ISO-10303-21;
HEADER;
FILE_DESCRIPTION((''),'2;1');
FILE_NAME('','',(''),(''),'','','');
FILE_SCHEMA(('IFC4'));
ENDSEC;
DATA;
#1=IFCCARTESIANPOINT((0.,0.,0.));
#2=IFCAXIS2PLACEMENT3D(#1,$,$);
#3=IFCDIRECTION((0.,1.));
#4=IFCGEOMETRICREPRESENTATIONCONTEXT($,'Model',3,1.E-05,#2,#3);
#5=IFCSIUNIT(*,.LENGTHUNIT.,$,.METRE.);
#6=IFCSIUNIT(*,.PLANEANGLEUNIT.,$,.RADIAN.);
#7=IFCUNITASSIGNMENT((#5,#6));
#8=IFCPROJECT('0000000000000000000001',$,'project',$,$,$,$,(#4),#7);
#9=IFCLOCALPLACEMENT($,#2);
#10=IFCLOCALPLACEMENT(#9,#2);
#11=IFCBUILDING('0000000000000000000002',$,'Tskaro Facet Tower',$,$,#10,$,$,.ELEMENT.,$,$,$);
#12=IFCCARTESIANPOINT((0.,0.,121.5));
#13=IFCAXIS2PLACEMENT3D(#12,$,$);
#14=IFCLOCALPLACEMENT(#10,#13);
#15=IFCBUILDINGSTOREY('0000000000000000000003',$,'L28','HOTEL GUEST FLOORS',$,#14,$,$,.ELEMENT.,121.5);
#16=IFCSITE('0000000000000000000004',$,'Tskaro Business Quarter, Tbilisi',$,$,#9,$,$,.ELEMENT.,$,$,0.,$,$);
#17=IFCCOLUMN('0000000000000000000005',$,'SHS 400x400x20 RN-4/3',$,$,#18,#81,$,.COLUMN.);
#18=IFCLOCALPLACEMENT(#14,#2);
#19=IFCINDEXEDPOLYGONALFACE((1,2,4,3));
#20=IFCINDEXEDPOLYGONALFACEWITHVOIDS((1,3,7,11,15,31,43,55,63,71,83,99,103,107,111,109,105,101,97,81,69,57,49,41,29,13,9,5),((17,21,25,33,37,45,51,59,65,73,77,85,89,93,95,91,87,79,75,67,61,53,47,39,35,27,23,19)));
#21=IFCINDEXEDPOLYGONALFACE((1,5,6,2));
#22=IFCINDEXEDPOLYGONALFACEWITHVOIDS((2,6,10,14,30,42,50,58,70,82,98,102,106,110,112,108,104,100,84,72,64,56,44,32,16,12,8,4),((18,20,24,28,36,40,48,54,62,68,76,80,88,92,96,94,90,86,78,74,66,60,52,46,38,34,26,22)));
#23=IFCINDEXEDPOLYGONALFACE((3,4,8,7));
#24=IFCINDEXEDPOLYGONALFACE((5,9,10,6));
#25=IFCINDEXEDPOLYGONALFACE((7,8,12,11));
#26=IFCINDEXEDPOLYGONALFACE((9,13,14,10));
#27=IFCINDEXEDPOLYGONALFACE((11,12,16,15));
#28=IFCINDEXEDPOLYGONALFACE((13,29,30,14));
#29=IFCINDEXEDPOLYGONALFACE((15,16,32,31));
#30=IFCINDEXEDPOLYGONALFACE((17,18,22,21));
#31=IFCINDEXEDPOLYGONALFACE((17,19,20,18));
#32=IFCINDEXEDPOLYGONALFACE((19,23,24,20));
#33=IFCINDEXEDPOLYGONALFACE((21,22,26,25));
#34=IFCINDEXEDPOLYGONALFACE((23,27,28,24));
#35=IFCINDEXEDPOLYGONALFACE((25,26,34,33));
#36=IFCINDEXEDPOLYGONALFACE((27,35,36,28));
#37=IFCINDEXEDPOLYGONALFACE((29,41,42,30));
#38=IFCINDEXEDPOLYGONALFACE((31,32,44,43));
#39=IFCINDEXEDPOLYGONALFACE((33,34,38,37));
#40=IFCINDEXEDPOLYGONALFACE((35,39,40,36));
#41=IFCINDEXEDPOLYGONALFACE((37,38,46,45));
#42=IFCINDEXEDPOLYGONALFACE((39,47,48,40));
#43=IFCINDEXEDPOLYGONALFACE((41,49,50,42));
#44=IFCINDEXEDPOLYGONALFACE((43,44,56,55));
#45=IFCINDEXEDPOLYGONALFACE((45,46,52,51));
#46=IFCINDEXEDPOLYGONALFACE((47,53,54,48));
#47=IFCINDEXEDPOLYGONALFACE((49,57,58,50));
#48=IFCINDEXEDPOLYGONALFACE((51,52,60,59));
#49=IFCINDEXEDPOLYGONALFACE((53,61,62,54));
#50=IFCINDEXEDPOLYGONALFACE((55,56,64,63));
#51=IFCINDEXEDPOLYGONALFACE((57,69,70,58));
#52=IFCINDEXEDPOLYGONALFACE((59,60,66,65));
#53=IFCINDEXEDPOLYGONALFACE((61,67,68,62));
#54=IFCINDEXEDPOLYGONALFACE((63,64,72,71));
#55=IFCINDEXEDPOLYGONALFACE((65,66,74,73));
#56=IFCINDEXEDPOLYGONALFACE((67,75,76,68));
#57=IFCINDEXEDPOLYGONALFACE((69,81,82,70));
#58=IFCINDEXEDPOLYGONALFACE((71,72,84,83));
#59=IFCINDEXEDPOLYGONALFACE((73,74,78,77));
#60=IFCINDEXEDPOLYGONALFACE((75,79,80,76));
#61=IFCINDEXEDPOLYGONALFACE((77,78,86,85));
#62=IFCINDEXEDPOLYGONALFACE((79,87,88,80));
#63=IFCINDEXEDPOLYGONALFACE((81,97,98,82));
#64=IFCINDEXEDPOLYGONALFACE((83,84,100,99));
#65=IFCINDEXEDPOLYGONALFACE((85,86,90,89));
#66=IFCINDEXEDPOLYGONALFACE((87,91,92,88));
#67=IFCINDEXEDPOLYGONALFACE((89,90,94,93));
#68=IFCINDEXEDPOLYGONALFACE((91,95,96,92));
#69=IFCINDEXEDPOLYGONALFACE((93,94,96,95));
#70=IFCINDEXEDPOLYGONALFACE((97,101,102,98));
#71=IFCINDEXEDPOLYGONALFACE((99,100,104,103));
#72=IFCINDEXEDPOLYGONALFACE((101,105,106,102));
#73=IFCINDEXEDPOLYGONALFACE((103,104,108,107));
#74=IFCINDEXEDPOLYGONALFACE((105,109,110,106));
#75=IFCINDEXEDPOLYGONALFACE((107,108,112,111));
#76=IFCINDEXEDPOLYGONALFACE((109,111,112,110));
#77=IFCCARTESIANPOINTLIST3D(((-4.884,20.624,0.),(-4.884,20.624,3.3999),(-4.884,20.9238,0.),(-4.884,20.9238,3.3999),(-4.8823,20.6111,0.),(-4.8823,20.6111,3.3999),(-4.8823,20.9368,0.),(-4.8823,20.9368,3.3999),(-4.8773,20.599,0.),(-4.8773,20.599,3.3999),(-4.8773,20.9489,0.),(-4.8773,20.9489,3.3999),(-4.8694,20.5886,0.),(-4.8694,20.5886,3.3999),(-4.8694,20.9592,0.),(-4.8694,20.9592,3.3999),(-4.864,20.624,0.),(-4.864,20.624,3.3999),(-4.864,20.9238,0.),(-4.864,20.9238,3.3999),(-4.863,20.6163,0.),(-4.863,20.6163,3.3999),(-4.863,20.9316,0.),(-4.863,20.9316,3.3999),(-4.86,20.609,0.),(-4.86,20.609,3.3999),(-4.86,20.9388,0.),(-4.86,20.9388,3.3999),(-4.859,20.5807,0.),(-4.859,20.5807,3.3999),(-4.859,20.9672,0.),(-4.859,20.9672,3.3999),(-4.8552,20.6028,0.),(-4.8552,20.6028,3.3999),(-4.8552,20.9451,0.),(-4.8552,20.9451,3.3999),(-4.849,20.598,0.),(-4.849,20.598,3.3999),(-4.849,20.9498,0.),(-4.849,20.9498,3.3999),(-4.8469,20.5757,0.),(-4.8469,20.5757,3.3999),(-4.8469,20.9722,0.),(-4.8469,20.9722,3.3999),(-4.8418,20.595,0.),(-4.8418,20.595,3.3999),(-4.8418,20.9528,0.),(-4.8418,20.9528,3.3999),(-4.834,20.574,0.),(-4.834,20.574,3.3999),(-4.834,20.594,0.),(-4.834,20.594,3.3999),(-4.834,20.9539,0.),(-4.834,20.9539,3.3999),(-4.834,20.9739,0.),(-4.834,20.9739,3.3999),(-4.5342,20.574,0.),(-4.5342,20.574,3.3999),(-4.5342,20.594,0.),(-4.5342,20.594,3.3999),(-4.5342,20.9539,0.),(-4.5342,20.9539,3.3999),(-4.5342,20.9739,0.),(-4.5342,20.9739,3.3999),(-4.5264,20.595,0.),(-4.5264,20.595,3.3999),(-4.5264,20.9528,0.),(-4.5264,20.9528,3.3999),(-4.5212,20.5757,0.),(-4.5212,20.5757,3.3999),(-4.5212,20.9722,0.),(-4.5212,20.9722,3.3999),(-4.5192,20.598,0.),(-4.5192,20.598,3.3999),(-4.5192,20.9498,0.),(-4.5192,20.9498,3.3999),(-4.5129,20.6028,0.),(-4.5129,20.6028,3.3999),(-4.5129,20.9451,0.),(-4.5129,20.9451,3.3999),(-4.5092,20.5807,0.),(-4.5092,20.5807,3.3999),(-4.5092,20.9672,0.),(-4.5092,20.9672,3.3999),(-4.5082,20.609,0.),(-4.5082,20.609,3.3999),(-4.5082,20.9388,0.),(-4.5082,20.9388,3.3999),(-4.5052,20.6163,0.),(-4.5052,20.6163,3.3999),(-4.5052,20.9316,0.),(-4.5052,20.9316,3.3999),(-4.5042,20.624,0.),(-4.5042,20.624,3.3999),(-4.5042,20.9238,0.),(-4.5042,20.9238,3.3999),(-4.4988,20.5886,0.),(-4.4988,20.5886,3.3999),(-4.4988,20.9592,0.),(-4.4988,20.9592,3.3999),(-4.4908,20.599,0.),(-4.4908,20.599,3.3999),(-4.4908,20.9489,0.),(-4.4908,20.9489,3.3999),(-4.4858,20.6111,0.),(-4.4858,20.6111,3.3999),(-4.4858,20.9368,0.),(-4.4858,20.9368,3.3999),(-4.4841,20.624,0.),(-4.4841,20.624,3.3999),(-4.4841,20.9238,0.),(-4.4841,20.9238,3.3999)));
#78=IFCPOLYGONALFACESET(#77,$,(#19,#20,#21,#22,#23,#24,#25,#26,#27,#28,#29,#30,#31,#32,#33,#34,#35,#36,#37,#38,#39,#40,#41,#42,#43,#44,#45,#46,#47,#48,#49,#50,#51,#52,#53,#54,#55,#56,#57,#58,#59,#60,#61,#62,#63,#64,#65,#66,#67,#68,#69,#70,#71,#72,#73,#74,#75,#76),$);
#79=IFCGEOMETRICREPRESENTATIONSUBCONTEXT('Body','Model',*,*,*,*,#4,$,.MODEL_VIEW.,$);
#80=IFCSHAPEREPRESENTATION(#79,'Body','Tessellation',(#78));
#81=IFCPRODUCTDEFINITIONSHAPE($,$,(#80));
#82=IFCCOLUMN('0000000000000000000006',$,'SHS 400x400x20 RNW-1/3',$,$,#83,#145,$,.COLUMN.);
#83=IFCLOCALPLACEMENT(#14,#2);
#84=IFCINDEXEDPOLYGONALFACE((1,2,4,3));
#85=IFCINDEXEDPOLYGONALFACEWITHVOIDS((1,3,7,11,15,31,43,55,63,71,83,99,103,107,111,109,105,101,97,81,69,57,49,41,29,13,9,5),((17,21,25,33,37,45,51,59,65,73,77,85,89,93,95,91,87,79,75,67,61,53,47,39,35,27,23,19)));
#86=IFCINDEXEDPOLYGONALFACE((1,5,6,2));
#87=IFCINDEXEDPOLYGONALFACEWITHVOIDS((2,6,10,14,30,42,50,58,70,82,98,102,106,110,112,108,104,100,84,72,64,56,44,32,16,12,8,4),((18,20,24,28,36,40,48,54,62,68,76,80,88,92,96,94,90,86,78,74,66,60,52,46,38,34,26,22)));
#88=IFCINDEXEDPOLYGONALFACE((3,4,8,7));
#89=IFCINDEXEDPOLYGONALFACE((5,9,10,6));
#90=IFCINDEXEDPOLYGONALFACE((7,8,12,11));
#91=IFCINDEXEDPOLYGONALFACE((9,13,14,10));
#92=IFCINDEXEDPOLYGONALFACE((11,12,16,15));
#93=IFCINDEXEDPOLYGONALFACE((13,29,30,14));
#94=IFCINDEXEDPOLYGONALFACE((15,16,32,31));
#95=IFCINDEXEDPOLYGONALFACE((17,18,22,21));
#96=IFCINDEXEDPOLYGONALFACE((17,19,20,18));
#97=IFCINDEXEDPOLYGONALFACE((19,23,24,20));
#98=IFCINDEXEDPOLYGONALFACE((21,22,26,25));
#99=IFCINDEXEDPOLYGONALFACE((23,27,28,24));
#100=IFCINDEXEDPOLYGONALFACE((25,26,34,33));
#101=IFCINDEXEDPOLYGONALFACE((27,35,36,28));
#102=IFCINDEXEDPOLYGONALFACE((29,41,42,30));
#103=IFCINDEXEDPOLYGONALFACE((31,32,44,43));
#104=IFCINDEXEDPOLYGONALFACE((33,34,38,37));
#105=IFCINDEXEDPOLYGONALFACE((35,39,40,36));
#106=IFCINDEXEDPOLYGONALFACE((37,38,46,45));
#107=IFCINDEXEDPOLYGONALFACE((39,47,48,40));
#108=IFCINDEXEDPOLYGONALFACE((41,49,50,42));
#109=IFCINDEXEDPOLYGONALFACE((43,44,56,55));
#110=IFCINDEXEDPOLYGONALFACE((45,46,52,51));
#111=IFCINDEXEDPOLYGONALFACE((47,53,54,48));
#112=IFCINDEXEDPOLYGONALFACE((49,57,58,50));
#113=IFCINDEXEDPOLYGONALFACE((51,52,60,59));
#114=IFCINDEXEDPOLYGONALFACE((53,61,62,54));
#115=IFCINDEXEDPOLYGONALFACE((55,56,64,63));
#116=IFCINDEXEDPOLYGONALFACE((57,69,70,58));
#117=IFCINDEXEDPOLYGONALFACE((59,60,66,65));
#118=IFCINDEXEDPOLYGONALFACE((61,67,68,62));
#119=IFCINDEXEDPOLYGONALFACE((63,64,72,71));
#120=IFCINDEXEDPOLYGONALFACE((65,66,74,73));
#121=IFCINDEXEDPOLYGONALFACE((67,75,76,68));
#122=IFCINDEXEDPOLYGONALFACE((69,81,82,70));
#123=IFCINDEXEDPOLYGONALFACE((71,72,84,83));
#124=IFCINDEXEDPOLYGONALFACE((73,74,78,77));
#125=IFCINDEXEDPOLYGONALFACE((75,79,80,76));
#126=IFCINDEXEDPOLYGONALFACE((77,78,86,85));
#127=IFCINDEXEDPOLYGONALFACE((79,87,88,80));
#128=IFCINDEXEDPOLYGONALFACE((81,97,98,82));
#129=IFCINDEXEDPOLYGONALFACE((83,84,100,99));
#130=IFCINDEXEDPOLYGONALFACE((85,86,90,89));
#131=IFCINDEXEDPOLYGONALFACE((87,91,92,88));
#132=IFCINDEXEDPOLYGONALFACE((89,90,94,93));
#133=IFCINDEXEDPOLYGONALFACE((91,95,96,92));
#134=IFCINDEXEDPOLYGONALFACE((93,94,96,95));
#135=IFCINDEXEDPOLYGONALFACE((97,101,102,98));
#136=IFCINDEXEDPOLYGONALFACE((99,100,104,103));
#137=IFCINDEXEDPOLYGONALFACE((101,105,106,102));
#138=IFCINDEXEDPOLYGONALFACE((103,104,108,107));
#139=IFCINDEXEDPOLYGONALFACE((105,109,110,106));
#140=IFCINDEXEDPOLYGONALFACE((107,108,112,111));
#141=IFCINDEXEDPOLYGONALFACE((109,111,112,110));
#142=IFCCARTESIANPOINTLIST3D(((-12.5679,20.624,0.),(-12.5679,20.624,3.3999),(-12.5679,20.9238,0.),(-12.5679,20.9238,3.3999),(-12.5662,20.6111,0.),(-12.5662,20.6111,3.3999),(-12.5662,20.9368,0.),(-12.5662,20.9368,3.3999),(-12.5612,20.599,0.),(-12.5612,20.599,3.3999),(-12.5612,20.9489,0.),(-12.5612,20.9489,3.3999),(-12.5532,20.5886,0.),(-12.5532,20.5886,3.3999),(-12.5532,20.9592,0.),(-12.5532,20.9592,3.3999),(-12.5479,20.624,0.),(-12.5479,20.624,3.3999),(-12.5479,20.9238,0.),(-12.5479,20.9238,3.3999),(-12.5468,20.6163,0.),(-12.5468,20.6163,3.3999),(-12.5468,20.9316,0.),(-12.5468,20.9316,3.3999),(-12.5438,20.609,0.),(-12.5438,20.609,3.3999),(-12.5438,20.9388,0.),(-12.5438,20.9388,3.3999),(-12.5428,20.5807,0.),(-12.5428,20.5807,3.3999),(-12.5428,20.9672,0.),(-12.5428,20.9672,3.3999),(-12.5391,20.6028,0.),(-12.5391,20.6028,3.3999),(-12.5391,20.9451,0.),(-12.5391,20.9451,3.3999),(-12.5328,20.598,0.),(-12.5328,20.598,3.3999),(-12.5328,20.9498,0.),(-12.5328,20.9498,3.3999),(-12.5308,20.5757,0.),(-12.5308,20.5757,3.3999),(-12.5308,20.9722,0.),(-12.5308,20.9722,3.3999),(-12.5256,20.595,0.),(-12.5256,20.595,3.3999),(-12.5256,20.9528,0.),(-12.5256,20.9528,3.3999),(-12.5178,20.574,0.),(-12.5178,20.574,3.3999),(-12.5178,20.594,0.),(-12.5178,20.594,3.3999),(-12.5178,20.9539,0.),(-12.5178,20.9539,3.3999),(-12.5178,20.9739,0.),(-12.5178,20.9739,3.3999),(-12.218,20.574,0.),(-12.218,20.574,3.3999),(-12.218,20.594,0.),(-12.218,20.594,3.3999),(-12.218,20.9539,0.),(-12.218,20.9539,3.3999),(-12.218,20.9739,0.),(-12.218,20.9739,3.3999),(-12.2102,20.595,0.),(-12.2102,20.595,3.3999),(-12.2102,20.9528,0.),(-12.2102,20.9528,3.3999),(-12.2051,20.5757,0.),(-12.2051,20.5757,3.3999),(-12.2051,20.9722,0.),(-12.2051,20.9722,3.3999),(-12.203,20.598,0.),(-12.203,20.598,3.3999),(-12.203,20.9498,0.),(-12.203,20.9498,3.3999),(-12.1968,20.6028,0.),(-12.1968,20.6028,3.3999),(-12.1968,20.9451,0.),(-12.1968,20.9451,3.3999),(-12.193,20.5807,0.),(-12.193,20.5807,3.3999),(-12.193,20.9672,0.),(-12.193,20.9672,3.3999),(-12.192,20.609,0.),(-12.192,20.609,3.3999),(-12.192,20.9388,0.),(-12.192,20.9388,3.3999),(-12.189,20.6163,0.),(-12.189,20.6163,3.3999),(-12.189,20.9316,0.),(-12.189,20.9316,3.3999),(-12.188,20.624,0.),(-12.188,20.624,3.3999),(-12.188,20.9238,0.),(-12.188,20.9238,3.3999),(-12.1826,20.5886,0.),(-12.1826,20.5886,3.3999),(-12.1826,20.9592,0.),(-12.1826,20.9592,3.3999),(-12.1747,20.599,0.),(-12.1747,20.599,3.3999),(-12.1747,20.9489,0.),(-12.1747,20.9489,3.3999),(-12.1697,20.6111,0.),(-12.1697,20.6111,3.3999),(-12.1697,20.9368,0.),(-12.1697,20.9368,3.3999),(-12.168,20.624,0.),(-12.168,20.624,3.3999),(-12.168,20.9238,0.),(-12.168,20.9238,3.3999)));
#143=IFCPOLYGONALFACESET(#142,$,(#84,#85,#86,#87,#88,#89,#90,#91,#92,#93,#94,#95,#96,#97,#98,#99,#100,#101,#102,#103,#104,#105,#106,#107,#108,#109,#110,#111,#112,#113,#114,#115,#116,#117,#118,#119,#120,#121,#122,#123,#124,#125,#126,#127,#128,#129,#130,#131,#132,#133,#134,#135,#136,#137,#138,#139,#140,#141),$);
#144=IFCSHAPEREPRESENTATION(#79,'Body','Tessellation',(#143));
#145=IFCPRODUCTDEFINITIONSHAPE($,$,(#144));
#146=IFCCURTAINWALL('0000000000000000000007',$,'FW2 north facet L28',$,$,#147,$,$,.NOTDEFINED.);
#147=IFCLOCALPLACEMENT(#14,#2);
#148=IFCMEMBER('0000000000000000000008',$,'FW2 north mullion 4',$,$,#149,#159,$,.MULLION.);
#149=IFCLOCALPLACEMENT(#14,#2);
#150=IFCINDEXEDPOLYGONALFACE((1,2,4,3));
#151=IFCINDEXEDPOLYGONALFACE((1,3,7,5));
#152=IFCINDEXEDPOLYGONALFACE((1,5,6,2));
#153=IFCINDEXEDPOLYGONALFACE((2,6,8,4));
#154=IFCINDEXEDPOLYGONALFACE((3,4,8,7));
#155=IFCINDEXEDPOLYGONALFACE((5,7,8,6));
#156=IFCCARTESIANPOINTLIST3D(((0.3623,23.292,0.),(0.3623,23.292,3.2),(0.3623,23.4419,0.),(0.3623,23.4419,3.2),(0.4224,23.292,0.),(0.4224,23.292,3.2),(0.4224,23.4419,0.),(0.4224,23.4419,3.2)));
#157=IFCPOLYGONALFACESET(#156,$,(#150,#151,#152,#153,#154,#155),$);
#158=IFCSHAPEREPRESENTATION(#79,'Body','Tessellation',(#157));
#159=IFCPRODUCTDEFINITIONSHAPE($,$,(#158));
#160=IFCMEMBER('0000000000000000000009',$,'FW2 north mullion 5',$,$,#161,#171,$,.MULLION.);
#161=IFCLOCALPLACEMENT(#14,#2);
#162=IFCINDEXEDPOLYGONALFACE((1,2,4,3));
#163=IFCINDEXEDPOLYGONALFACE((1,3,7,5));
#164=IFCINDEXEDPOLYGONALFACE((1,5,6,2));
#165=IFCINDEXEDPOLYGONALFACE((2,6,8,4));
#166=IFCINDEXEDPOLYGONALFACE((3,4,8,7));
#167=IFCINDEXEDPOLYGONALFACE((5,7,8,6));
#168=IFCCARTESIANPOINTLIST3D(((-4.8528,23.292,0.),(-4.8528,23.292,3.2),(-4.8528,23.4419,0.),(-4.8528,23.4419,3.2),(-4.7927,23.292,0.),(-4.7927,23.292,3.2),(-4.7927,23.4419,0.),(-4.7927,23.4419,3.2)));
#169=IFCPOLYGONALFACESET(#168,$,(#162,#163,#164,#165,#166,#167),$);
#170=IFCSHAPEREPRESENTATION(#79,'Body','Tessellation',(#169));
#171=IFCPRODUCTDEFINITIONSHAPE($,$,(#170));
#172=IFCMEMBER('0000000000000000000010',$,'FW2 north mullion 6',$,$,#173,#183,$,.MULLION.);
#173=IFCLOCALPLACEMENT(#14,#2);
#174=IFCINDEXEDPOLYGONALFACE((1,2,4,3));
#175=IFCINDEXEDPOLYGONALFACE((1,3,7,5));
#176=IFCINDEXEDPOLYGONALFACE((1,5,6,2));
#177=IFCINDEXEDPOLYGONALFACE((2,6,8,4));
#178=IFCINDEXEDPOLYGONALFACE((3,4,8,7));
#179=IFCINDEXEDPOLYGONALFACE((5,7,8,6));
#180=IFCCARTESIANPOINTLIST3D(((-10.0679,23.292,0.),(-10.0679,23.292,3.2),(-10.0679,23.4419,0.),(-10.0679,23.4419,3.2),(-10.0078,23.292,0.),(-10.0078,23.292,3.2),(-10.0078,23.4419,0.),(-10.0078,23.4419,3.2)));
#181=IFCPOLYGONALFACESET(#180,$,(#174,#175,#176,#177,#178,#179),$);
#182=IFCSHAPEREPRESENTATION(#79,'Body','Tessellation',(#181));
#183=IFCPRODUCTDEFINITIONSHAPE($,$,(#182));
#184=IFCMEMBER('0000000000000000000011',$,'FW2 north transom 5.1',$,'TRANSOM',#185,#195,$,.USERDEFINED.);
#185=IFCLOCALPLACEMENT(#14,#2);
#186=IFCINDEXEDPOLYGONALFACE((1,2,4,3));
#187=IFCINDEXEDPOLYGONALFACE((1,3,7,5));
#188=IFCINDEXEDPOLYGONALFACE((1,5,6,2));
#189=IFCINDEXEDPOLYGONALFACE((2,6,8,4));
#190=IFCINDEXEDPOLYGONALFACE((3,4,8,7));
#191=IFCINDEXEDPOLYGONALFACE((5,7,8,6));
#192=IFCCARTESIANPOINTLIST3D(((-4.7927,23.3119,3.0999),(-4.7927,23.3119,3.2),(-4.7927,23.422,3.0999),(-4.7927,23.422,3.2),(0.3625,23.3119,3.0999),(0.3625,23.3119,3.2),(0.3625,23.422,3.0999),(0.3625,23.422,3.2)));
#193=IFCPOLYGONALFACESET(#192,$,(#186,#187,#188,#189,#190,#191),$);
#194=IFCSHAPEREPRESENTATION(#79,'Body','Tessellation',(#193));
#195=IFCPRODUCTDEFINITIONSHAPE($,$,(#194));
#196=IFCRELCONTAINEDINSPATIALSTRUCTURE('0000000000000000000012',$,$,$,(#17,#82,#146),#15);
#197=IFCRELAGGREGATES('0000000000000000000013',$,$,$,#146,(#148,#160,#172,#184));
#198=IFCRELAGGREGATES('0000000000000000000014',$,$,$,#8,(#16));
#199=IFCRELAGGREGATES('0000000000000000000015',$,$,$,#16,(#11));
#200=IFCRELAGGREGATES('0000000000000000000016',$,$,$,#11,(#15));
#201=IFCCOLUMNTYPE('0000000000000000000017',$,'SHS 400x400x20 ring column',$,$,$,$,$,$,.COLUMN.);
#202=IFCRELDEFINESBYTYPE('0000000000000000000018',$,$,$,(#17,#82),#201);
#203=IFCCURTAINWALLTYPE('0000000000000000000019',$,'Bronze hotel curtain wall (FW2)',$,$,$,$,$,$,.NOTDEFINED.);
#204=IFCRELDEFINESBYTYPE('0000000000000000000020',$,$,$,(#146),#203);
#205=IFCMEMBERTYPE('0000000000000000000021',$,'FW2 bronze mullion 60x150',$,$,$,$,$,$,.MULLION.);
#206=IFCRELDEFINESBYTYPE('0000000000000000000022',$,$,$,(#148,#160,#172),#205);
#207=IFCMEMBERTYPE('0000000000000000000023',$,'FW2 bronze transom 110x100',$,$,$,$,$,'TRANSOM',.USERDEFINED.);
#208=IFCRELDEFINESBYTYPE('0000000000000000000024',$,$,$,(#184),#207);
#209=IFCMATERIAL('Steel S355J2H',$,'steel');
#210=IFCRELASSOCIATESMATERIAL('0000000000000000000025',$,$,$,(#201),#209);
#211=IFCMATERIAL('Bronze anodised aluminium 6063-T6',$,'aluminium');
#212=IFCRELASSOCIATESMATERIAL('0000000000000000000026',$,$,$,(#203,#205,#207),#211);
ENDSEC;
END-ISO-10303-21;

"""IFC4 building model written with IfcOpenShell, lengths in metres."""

from ifc_helpers import new_model, si_unit, direction, frame, origin, origin_2d, place, context, subcontext, project, spatial, rectangle, hollow_rectangle, extrude, material, material_profile, profile_set, type_object, element, aggregate, save


model = new_model("IFC4")

# Units and contexts
model_context = context("Model", 3, precision=1e-05, world=origin(), true_north=direction((0.0, 1.0)))
body_context = subcontext(model_context, "Body", "Model", "MODEL_VIEW")
ifc_project = project(units=[si_unit("LENGTHUNIT", "METRE"), si_unit("PLANEANGLEUNIT", "RADIAN")], contexts=[model_context])

# Site, building, storey
site_placement = place(None, origin())
site = spatial("IfcSite", under=ifc_project, at=site_placement, Name="Tskaro Business Quarter, Tbilisi", CompositionType="ELEMENT", RefElevation=0.0)
building_placement = place(site_placement, origin())
building = spatial("IfcBuilding", under=site, at=building_placement, Name="Tskaro Facet Tower", CompositionType="ELEMENT")
storey_placement = place(building_placement, frame((0.0, 0.0, 121.5)))
storey = spatial("IfcBuildingStorey", under=building, at=storey_placement, Name="L28", Description="HOTEL GUEST FLOORS", CompositionType="ELEMENT", Elevation=121.5)

# Columns
ifc_material_1 = material(Name="Steel S355J2H", Category="steel")
ifc_material_profile_1 = material_profile(ifc_material_1, hollow_rectangle(XDim=0.3999, YDim=0.3999, WallThickness=0.02, InnerFilletRadius=0.03, OuterFilletRadius=0.05, at=origin_2d()), Name="SHS 400x400x20")
ifc_profile_set_1 = profile_set([ifc_material_profile_1], Name="Steel S355J2H")
column_type = type_object("IfcColumnType", Name="SHS 400x400x20 ring column", PredefinedType="COLUMN", material=ifc_profile_set_1)
for number, where, z_axis, x_axis, name in (
    (1, (-4.6841, 20.7739, 0.0), (0.0, 0.0, 1.0), (1.0, 0.0, 0.0), "SHS 400x400x20 RN-4/3"),
    (2, (-12.3679, 20.7739, 0.0), (0.0, 0.0, 1.0), (1.0, 0.0, 0.0), "SHS 400x400x20 RNW-1/3"),
):
    element("IfcColumn", number, at=place(storey_placement, frame(where, z_axis=z_axis, x_axis=x_axis)), inside=storey, type_object=column_type, Name=name, PredefinedType="COLUMN", context=body_context, shape_type="SweptSolid", body=[
        extrude(hollow_rectangle(XDim=0.3999, YDim=0.3999, WallThickness=0.02, InnerFilletRadius=0.03, OuterFilletRadius=0.05, at=origin_2d()), origin(), (0.0, 0.0, 1.0), 3.3999),
    ])

# Curtain wall, members
ifc_material_2 = material(Name="Bronze anodised aluminium 6063-T6", Category="aluminium")
curtain_wall_type = type_object("IfcCurtainWallType", Name="Bronze hotel curtain wall (FW2)", PredefinedType="NOTDEFINED", material=ifc_material_2)
curtain_wall_placement = place(storey_placement, origin())
curtain_wall = element("IfcCurtainWall", 3, at=curtain_wall_placement, inside=storey, type_object=curtain_wall_type, Name="FW2 north facet L28", PredefinedType="NOTDEFINED")
ifc_material_profile_2 = material_profile(ifc_material_2, rectangle(XDim=0.0601, YDim=0.1499, at=origin_2d()), Name="Mullion 60x150")
ifc_profile_set_2 = profile_set([ifc_material_profile_2], Name="Bronze anodised aluminium 6063-T6")
member_type_1 = type_object("IfcMemberType", Name="FW2 bronze mullion 60x150", PredefinedType="MULLION", material=ifc_profile_set_2)
member_1_placement = place(storey_placement, frame((0.3923, 23.3669, 0.0), z_axis=(0.0, 0.0, 1.0), x_axis=(-1.0, 0.0, 0.0)))
member_1 = element("IfcMember", 4, at=member_1_placement, type_object=member_type_1, Name="FW2 north mullion 4", PredefinedType="MULLION", context=body_context, shape_type="SweptSolid", body=[
    extrude(rectangle(XDim=0.0601, YDim=0.1499, at=origin_2d()), origin(), (0.0, 0.0, 1.0), 3.2),
])
member_2_placement = place(storey_placement, frame((-4.8228, 23.3669, 0.0), z_axis=(0.0, 0.0, 1.0), x_axis=(-1.0, 0.0, 0.0)))
member_2 = element("IfcMember", 5, at=member_2_placement, type_object=member_type_1, Name="FW2 north mullion 5", PredefinedType="MULLION", context=body_context, shape_type="SweptSolid", body=[
    extrude(rectangle(XDim=0.0601, YDim=0.1499, at=origin_2d()), origin(), (0.0, 0.0, 1.0), 3.2),
])
member_3_placement = place(storey_placement, frame((-10.0378, 23.3669, 0.0), z_axis=(0.0, 0.0, 1.0), x_axis=(-1.0, 0.0, 0.0)))
member_3 = element("IfcMember", 6, at=member_3_placement, type_object=member_type_1, Name="FW2 north mullion 6", PredefinedType="MULLION", context=body_context, shape_type="SweptSolid", body=[
    extrude(rectangle(XDim=0.0601, YDim=0.1499, at=origin_2d()), origin(), (0.0, 0.0, 1.0), 3.2),
])
ifc_material_profile_3 = material_profile(ifc_material_2, rectangle(XDim=0.1101, YDim=0.1001, at=origin_2d()), Name="Transom 110x100")
ifc_profile_set_3 = profile_set([ifc_material_profile_3], Name="Bronze anodised aluminium 6063-T6")
member_type_2 = type_object("IfcMemberType", Name="FW2 bronze transom 110x100", ElementType="TRANSOM", PredefinedType="USERDEFINED", material=ifc_profile_set_3)
member_4_placement = place(storey_placement, frame((0.3625, 23.3669, 3.1499), z_axis=(-1.0, 0.0, 0.0), x_axis=(0.0, -1.0, 0.0)))
member_4 = element("IfcMember", 7, at=member_4_placement, type_object=member_type_2, Name="FW2 north transom 5.1", ObjectType="TRANSOM", PredefinedType="USERDEFINED", context=body_context, shape_type="SweptSolid", body=[
    extrude(rectangle(XDim=0.1101, YDim=0.1001, at=origin_2d()), origin(), (0.0, 0.0, 1.0), 5.1553),
])
aggregate(curtain_wall, [member_1, member_2, member_3, member_4])

save(model, "model.ifc")
